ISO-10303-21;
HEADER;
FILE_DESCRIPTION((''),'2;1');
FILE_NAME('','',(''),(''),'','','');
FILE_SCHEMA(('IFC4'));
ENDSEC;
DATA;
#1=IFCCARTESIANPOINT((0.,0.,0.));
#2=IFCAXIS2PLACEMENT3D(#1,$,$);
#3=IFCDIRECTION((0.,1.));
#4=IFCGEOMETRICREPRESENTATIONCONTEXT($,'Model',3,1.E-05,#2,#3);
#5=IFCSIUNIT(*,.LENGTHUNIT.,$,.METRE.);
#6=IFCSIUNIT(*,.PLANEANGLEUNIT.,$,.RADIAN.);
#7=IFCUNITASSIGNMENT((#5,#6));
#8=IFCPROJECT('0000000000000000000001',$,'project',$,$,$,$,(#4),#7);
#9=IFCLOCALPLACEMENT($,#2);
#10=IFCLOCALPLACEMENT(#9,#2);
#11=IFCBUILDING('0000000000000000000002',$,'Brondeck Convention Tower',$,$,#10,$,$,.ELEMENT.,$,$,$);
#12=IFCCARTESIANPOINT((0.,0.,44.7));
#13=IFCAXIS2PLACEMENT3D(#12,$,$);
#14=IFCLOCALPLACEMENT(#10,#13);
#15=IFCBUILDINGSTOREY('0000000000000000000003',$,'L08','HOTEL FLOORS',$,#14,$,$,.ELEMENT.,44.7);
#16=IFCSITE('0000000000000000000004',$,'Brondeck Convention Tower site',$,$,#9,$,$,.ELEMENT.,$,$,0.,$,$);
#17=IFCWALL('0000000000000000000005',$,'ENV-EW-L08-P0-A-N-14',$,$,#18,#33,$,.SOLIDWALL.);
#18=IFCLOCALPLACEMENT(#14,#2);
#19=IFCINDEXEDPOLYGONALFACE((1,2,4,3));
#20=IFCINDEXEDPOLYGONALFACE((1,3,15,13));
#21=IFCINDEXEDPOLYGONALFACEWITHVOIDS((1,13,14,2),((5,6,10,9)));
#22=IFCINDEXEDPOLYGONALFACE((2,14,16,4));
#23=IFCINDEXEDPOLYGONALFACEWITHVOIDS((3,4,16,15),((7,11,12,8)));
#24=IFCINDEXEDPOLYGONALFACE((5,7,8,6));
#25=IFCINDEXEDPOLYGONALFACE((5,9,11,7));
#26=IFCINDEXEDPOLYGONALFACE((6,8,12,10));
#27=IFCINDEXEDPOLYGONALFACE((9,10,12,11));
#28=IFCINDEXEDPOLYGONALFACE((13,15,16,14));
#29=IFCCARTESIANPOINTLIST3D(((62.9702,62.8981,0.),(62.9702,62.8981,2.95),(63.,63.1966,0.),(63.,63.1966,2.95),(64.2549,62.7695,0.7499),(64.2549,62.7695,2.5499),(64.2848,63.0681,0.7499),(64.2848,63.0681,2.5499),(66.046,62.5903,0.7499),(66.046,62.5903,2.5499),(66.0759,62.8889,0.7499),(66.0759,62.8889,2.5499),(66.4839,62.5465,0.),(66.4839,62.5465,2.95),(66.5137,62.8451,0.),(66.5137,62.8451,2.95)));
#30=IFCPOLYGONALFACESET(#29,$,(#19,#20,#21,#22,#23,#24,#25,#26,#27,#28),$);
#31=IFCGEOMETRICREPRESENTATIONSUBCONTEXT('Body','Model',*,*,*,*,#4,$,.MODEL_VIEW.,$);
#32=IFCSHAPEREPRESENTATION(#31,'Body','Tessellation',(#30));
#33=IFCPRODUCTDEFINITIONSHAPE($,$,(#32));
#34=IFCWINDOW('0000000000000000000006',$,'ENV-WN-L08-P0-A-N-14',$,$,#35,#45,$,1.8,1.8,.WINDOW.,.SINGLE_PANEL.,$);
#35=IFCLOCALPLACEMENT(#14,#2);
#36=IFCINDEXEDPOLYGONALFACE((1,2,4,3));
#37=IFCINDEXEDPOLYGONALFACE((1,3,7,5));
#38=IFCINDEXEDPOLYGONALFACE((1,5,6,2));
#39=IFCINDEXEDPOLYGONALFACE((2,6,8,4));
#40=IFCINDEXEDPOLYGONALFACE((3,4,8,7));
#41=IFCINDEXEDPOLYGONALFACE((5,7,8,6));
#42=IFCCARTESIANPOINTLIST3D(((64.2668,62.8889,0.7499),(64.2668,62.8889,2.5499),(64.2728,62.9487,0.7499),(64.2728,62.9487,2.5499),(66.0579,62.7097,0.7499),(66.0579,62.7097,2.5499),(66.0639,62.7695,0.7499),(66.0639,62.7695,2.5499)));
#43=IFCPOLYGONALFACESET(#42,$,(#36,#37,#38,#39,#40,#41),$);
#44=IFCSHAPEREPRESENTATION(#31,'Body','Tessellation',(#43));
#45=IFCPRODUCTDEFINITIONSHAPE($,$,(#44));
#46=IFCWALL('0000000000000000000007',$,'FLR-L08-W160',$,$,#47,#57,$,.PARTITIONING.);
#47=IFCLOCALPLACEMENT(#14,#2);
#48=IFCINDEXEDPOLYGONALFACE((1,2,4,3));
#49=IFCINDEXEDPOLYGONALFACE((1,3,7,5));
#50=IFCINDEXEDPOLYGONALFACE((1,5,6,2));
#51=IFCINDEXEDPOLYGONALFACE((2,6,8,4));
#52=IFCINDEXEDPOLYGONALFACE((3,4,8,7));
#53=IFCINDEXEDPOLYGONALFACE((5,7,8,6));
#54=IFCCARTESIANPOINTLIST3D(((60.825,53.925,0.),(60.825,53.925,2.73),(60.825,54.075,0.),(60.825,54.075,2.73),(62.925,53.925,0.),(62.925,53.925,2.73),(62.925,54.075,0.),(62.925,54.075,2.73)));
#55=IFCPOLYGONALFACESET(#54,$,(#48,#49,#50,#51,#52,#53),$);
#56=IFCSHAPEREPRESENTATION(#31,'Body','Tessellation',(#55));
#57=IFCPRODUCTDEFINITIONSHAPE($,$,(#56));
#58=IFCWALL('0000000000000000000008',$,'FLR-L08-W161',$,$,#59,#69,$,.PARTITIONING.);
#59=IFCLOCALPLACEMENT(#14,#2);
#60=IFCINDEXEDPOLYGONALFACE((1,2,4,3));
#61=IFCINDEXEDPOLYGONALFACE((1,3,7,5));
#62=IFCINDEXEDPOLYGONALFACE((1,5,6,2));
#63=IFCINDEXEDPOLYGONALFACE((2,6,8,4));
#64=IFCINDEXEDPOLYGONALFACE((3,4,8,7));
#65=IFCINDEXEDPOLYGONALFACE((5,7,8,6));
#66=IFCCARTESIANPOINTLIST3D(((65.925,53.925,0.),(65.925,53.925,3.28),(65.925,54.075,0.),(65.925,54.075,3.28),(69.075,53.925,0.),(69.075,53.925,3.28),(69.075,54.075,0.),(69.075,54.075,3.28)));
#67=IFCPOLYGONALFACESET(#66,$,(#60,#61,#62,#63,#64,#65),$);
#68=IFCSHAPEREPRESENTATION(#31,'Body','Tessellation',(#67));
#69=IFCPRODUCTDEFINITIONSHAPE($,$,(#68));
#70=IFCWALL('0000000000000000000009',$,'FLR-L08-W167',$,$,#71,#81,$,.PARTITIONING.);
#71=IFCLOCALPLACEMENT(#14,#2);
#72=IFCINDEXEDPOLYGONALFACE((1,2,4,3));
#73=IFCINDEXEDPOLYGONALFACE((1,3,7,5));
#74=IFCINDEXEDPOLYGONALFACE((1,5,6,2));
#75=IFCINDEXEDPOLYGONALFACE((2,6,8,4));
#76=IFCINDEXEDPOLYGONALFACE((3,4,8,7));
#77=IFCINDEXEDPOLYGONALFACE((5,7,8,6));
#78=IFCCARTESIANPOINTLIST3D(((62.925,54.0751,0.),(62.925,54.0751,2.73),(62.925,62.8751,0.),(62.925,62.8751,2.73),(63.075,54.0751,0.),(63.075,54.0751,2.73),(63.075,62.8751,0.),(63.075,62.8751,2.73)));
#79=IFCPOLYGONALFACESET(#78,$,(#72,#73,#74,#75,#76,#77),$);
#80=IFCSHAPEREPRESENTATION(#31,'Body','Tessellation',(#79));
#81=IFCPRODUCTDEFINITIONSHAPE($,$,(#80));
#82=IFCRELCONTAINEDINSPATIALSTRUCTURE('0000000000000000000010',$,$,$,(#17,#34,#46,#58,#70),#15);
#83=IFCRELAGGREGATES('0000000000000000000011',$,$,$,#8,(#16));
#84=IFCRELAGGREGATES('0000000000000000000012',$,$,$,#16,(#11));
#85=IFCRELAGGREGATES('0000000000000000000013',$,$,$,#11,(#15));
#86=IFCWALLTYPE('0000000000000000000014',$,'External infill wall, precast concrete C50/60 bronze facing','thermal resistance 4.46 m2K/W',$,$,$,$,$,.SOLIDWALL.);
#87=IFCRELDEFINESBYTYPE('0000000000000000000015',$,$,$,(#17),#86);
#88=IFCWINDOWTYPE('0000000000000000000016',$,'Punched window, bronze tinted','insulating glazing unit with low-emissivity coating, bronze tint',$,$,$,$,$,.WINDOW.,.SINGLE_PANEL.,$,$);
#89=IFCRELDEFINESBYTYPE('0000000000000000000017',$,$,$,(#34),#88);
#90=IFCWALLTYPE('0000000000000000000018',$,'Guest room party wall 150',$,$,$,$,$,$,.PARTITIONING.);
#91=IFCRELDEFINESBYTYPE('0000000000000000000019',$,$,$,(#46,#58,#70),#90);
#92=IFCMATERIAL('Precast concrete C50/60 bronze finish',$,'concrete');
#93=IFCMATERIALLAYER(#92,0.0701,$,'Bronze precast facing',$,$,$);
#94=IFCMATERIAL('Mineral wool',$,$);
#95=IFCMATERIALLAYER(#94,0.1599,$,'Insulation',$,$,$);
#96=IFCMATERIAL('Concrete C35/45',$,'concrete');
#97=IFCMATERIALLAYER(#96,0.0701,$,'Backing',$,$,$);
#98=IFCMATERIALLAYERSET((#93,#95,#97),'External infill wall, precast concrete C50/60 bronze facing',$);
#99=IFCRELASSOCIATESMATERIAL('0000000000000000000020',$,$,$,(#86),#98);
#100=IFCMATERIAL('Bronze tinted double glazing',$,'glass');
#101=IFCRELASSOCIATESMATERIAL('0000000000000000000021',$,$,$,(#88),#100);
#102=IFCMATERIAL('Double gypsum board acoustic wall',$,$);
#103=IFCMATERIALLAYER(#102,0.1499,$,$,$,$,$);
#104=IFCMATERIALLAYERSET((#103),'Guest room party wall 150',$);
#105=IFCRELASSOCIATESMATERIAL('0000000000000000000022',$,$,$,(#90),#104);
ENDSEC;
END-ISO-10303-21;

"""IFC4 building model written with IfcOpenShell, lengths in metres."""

from ifc_helpers import new_model, si_unit, direction, frame, frame_2d, origin, place, context, subcontext, project, spatial, rectangle, extrude, material, layer, layer_set, type_object, element, fill, save


model = new_model("IFC4")

# Units and contexts
model_context = context("Model", 3, precision=1e-05, world=origin(), true_north=direction((0.0, 1.0)))
body_context = subcontext(model_context, "Body", "Model", "MODEL_VIEW")
ifc_project = project(units=[si_unit("LENGTHUNIT", "METRE"), si_unit("PLANEANGLEUNIT", "RADIAN")], contexts=[model_context])

# Site, building, storey
site_placement = place(None, origin())
site = spatial("IfcSite", under=ifc_project, at=site_placement, Name="Brondeck Convention Tower site", CompositionType="ELEMENT", RefElevation=0.0)
building_placement = place(site_placement, origin())
building = spatial("IfcBuilding", under=site, at=building_placement, Name="Brondeck Convention Tower", CompositionType="ELEMENT")
storey_placement = place(building_placement, frame((0.0, 0.0, 44.7)))
storey = spatial("IfcBuildingStorey", under=building, at=storey_placement, Name="L08", Description="HOTEL FLOORS", CompositionType="ELEMENT", Elevation=44.7)

# Shared definitions
ifc_material_1 = material(Name="Precast concrete C50/60 bronze finish", Category="concrete")
ifc_layer_1 = layer(ifc_material_1, 0.0701, Name="Bronze precast facing")
ifc_material_2 = material(Name="Mineral wool")
ifc_layer_2 = layer(ifc_material_2, 0.1599, Name="Insulation")
ifc_material_3 = material(Name="Concrete C35/45", Category="concrete")
ifc_layer_3 = layer(ifc_material_3, 0.0701, Name="Backing")
ifc_layer_set_1 = layer_set([ifc_layer_1, ifc_layer_2, ifc_layer_3], Name="External infill wall, precast concrete C50/60 bronze facing")
wall_type_1 = type_object("IfcWallType", Name="External infill wall, precast concrete C50/60 bronze facing", Description="thermal resistance 4.46 m2K/W", PredefinedType="SOLIDWALL", material=ifc_layer_set_1)
ifc_material_4 = material(Name="Bronze tinted double glazing", Category="glass")
window_type_1 = type_object("IfcWindowType", Name="Punched window, bronze tinted", Description="insulating glazing unit with low-emissivity coating, bronze tint", PartitioningType="SINGLE_PANEL", PredefinedType="WINDOW", material=ifc_material_4)

# Wall, opening, window
wall_1_placement = place(storey_placement, frame((62.9851, 63.0474, 0.0), z_axis=(0.0, 0.0, 1.0), x_axis=(0.995032, -0.099558, 0.0)))
wall_1 = element("IfcWall", 1, at=wall_1_placement, inside=storey, type_object=wall_type_1, Name="ENV-EW-L08-P0-A-N-14", PredefinedType="SOLIDWALL", context=body_context, shape_type="SweptSolid", body=[
    extrude(rectangle(XDim=3.5312, YDim=0.3, at=frame_2d((1.7656, 0.0))), origin(), (0.0, 0.0, 1.0), 2.95),
])
opening_1_placement = place(wall_1_placement, frame((1.2913, 0.0, 0.75)))
opening_1 = element("IfcOpeningElement", 2, at=opening_1_placement, cuts=wall_1, PredefinedType="OPENING", context=body_context, shape_type="SweptSolid", body=[
    extrude(rectangle(XDim=1.8, YDim=1.8, at=frame_2d((0.8999, 0.8999))), frame((0.0, 0.1599, 0.0), z_axis=(0.0, -1.0, 0.0), x_axis=(1.0, 0.0, 0.0)), (0.0, 0.0, 1.0), 0.3201),
])
window_1_placement = place(opening_1_placement, origin())
window_1 = element("IfcWindow", 3, at=window_1_placement, inside=storey, type_object=window_type_1, Name="ENV-WN-L08-P0-A-N-14", OverallHeight=1.8, OverallWidth=1.8, PartitioningType="SINGLE_PANEL", PredefinedType="WINDOW", context=body_context, shape_type="SweptSolid", body=[
    extrude(rectangle(XDim=1.8, YDim=1.8, at=frame_2d((0.8999, 0.8999))), frame((0.0, 0.03, 0.0), z_axis=(0.0, -1.0, 0.0), x_axis=(1.0, 0.0, 0.0)), (0.0, 0.0, 1.0), 0.0601),
])
fill(opening_1, window_1)

# Walls
ifc_material_5 = material(Name="Double gypsum board acoustic wall")
ifc_layer_4 = layer(ifc_material_5, 0.1499)
ifc_layer_set_2 = layer_set([ifc_layer_4], Name="Guest room party wall 150")
wall_type_2 = type_object("IfcWallType", Name="Guest room party wall 150", PredefinedType="PARTITIONING", material=ifc_layer_set_2)
wall_2_placement = place(storey_placement, frame((62.925, 54.0, 0.0), z_axis=(0.0, 0.0, 1.0), x_axis=(-1.0, 0.0, 0.0)))
element("IfcWall", 4, at=wall_2_placement, inside=storey, type_object=wall_type_2, Name="FLR-L08-W160", PredefinedType="PARTITIONING", context=body_context, shape_type="SweptSolid", body=[
    extrude(rectangle(XDim=2.1001, YDim=0.1499, at=frame_2d((1.05, 0.0))), origin(), (0.0, 0.0, 1.0), 2.73),
])
wall_3_placement = place(storey_placement, frame((69.075, 54.0, 0.0), z_axis=(0.0, 0.0, 1.0), x_axis=(-1.0, 0.0, 0.0)))
element("IfcWall", 5, at=wall_3_placement, inside=storey, type_object=wall_type_2, Name="FLR-L08-W161", PredefinedType="PARTITIONING", context=body_context, shape_type="SweptSolid", body=[
    extrude(rectangle(XDim=3.1499, YDim=0.1499, at=frame_2d((1.575, 0.0))), origin(), (0.0, 0.0, 1.0), 3.28),
])
wall_4_placement = place(storey_placement, frame((63.0, 62.875, 0.0), z_axis=(0.0, 0.0, 1.0), x_axis=(0.0, -1.0, 0.0)))
element("IfcWall", 6, at=wall_4_placement, inside=storey, type_object=wall_type_2, Name="FLR-L08-W167", PredefinedType="PARTITIONING", context=body_context, shape_type="SweptSolid", body=[
    extrude(rectangle(XDim=8.8, YDim=0.1499, at=frame_2d((4.3999, 0.0))), origin(), (0.0, 0.0, 1.0), 2.73),
])

save(model, "model.ifc")
